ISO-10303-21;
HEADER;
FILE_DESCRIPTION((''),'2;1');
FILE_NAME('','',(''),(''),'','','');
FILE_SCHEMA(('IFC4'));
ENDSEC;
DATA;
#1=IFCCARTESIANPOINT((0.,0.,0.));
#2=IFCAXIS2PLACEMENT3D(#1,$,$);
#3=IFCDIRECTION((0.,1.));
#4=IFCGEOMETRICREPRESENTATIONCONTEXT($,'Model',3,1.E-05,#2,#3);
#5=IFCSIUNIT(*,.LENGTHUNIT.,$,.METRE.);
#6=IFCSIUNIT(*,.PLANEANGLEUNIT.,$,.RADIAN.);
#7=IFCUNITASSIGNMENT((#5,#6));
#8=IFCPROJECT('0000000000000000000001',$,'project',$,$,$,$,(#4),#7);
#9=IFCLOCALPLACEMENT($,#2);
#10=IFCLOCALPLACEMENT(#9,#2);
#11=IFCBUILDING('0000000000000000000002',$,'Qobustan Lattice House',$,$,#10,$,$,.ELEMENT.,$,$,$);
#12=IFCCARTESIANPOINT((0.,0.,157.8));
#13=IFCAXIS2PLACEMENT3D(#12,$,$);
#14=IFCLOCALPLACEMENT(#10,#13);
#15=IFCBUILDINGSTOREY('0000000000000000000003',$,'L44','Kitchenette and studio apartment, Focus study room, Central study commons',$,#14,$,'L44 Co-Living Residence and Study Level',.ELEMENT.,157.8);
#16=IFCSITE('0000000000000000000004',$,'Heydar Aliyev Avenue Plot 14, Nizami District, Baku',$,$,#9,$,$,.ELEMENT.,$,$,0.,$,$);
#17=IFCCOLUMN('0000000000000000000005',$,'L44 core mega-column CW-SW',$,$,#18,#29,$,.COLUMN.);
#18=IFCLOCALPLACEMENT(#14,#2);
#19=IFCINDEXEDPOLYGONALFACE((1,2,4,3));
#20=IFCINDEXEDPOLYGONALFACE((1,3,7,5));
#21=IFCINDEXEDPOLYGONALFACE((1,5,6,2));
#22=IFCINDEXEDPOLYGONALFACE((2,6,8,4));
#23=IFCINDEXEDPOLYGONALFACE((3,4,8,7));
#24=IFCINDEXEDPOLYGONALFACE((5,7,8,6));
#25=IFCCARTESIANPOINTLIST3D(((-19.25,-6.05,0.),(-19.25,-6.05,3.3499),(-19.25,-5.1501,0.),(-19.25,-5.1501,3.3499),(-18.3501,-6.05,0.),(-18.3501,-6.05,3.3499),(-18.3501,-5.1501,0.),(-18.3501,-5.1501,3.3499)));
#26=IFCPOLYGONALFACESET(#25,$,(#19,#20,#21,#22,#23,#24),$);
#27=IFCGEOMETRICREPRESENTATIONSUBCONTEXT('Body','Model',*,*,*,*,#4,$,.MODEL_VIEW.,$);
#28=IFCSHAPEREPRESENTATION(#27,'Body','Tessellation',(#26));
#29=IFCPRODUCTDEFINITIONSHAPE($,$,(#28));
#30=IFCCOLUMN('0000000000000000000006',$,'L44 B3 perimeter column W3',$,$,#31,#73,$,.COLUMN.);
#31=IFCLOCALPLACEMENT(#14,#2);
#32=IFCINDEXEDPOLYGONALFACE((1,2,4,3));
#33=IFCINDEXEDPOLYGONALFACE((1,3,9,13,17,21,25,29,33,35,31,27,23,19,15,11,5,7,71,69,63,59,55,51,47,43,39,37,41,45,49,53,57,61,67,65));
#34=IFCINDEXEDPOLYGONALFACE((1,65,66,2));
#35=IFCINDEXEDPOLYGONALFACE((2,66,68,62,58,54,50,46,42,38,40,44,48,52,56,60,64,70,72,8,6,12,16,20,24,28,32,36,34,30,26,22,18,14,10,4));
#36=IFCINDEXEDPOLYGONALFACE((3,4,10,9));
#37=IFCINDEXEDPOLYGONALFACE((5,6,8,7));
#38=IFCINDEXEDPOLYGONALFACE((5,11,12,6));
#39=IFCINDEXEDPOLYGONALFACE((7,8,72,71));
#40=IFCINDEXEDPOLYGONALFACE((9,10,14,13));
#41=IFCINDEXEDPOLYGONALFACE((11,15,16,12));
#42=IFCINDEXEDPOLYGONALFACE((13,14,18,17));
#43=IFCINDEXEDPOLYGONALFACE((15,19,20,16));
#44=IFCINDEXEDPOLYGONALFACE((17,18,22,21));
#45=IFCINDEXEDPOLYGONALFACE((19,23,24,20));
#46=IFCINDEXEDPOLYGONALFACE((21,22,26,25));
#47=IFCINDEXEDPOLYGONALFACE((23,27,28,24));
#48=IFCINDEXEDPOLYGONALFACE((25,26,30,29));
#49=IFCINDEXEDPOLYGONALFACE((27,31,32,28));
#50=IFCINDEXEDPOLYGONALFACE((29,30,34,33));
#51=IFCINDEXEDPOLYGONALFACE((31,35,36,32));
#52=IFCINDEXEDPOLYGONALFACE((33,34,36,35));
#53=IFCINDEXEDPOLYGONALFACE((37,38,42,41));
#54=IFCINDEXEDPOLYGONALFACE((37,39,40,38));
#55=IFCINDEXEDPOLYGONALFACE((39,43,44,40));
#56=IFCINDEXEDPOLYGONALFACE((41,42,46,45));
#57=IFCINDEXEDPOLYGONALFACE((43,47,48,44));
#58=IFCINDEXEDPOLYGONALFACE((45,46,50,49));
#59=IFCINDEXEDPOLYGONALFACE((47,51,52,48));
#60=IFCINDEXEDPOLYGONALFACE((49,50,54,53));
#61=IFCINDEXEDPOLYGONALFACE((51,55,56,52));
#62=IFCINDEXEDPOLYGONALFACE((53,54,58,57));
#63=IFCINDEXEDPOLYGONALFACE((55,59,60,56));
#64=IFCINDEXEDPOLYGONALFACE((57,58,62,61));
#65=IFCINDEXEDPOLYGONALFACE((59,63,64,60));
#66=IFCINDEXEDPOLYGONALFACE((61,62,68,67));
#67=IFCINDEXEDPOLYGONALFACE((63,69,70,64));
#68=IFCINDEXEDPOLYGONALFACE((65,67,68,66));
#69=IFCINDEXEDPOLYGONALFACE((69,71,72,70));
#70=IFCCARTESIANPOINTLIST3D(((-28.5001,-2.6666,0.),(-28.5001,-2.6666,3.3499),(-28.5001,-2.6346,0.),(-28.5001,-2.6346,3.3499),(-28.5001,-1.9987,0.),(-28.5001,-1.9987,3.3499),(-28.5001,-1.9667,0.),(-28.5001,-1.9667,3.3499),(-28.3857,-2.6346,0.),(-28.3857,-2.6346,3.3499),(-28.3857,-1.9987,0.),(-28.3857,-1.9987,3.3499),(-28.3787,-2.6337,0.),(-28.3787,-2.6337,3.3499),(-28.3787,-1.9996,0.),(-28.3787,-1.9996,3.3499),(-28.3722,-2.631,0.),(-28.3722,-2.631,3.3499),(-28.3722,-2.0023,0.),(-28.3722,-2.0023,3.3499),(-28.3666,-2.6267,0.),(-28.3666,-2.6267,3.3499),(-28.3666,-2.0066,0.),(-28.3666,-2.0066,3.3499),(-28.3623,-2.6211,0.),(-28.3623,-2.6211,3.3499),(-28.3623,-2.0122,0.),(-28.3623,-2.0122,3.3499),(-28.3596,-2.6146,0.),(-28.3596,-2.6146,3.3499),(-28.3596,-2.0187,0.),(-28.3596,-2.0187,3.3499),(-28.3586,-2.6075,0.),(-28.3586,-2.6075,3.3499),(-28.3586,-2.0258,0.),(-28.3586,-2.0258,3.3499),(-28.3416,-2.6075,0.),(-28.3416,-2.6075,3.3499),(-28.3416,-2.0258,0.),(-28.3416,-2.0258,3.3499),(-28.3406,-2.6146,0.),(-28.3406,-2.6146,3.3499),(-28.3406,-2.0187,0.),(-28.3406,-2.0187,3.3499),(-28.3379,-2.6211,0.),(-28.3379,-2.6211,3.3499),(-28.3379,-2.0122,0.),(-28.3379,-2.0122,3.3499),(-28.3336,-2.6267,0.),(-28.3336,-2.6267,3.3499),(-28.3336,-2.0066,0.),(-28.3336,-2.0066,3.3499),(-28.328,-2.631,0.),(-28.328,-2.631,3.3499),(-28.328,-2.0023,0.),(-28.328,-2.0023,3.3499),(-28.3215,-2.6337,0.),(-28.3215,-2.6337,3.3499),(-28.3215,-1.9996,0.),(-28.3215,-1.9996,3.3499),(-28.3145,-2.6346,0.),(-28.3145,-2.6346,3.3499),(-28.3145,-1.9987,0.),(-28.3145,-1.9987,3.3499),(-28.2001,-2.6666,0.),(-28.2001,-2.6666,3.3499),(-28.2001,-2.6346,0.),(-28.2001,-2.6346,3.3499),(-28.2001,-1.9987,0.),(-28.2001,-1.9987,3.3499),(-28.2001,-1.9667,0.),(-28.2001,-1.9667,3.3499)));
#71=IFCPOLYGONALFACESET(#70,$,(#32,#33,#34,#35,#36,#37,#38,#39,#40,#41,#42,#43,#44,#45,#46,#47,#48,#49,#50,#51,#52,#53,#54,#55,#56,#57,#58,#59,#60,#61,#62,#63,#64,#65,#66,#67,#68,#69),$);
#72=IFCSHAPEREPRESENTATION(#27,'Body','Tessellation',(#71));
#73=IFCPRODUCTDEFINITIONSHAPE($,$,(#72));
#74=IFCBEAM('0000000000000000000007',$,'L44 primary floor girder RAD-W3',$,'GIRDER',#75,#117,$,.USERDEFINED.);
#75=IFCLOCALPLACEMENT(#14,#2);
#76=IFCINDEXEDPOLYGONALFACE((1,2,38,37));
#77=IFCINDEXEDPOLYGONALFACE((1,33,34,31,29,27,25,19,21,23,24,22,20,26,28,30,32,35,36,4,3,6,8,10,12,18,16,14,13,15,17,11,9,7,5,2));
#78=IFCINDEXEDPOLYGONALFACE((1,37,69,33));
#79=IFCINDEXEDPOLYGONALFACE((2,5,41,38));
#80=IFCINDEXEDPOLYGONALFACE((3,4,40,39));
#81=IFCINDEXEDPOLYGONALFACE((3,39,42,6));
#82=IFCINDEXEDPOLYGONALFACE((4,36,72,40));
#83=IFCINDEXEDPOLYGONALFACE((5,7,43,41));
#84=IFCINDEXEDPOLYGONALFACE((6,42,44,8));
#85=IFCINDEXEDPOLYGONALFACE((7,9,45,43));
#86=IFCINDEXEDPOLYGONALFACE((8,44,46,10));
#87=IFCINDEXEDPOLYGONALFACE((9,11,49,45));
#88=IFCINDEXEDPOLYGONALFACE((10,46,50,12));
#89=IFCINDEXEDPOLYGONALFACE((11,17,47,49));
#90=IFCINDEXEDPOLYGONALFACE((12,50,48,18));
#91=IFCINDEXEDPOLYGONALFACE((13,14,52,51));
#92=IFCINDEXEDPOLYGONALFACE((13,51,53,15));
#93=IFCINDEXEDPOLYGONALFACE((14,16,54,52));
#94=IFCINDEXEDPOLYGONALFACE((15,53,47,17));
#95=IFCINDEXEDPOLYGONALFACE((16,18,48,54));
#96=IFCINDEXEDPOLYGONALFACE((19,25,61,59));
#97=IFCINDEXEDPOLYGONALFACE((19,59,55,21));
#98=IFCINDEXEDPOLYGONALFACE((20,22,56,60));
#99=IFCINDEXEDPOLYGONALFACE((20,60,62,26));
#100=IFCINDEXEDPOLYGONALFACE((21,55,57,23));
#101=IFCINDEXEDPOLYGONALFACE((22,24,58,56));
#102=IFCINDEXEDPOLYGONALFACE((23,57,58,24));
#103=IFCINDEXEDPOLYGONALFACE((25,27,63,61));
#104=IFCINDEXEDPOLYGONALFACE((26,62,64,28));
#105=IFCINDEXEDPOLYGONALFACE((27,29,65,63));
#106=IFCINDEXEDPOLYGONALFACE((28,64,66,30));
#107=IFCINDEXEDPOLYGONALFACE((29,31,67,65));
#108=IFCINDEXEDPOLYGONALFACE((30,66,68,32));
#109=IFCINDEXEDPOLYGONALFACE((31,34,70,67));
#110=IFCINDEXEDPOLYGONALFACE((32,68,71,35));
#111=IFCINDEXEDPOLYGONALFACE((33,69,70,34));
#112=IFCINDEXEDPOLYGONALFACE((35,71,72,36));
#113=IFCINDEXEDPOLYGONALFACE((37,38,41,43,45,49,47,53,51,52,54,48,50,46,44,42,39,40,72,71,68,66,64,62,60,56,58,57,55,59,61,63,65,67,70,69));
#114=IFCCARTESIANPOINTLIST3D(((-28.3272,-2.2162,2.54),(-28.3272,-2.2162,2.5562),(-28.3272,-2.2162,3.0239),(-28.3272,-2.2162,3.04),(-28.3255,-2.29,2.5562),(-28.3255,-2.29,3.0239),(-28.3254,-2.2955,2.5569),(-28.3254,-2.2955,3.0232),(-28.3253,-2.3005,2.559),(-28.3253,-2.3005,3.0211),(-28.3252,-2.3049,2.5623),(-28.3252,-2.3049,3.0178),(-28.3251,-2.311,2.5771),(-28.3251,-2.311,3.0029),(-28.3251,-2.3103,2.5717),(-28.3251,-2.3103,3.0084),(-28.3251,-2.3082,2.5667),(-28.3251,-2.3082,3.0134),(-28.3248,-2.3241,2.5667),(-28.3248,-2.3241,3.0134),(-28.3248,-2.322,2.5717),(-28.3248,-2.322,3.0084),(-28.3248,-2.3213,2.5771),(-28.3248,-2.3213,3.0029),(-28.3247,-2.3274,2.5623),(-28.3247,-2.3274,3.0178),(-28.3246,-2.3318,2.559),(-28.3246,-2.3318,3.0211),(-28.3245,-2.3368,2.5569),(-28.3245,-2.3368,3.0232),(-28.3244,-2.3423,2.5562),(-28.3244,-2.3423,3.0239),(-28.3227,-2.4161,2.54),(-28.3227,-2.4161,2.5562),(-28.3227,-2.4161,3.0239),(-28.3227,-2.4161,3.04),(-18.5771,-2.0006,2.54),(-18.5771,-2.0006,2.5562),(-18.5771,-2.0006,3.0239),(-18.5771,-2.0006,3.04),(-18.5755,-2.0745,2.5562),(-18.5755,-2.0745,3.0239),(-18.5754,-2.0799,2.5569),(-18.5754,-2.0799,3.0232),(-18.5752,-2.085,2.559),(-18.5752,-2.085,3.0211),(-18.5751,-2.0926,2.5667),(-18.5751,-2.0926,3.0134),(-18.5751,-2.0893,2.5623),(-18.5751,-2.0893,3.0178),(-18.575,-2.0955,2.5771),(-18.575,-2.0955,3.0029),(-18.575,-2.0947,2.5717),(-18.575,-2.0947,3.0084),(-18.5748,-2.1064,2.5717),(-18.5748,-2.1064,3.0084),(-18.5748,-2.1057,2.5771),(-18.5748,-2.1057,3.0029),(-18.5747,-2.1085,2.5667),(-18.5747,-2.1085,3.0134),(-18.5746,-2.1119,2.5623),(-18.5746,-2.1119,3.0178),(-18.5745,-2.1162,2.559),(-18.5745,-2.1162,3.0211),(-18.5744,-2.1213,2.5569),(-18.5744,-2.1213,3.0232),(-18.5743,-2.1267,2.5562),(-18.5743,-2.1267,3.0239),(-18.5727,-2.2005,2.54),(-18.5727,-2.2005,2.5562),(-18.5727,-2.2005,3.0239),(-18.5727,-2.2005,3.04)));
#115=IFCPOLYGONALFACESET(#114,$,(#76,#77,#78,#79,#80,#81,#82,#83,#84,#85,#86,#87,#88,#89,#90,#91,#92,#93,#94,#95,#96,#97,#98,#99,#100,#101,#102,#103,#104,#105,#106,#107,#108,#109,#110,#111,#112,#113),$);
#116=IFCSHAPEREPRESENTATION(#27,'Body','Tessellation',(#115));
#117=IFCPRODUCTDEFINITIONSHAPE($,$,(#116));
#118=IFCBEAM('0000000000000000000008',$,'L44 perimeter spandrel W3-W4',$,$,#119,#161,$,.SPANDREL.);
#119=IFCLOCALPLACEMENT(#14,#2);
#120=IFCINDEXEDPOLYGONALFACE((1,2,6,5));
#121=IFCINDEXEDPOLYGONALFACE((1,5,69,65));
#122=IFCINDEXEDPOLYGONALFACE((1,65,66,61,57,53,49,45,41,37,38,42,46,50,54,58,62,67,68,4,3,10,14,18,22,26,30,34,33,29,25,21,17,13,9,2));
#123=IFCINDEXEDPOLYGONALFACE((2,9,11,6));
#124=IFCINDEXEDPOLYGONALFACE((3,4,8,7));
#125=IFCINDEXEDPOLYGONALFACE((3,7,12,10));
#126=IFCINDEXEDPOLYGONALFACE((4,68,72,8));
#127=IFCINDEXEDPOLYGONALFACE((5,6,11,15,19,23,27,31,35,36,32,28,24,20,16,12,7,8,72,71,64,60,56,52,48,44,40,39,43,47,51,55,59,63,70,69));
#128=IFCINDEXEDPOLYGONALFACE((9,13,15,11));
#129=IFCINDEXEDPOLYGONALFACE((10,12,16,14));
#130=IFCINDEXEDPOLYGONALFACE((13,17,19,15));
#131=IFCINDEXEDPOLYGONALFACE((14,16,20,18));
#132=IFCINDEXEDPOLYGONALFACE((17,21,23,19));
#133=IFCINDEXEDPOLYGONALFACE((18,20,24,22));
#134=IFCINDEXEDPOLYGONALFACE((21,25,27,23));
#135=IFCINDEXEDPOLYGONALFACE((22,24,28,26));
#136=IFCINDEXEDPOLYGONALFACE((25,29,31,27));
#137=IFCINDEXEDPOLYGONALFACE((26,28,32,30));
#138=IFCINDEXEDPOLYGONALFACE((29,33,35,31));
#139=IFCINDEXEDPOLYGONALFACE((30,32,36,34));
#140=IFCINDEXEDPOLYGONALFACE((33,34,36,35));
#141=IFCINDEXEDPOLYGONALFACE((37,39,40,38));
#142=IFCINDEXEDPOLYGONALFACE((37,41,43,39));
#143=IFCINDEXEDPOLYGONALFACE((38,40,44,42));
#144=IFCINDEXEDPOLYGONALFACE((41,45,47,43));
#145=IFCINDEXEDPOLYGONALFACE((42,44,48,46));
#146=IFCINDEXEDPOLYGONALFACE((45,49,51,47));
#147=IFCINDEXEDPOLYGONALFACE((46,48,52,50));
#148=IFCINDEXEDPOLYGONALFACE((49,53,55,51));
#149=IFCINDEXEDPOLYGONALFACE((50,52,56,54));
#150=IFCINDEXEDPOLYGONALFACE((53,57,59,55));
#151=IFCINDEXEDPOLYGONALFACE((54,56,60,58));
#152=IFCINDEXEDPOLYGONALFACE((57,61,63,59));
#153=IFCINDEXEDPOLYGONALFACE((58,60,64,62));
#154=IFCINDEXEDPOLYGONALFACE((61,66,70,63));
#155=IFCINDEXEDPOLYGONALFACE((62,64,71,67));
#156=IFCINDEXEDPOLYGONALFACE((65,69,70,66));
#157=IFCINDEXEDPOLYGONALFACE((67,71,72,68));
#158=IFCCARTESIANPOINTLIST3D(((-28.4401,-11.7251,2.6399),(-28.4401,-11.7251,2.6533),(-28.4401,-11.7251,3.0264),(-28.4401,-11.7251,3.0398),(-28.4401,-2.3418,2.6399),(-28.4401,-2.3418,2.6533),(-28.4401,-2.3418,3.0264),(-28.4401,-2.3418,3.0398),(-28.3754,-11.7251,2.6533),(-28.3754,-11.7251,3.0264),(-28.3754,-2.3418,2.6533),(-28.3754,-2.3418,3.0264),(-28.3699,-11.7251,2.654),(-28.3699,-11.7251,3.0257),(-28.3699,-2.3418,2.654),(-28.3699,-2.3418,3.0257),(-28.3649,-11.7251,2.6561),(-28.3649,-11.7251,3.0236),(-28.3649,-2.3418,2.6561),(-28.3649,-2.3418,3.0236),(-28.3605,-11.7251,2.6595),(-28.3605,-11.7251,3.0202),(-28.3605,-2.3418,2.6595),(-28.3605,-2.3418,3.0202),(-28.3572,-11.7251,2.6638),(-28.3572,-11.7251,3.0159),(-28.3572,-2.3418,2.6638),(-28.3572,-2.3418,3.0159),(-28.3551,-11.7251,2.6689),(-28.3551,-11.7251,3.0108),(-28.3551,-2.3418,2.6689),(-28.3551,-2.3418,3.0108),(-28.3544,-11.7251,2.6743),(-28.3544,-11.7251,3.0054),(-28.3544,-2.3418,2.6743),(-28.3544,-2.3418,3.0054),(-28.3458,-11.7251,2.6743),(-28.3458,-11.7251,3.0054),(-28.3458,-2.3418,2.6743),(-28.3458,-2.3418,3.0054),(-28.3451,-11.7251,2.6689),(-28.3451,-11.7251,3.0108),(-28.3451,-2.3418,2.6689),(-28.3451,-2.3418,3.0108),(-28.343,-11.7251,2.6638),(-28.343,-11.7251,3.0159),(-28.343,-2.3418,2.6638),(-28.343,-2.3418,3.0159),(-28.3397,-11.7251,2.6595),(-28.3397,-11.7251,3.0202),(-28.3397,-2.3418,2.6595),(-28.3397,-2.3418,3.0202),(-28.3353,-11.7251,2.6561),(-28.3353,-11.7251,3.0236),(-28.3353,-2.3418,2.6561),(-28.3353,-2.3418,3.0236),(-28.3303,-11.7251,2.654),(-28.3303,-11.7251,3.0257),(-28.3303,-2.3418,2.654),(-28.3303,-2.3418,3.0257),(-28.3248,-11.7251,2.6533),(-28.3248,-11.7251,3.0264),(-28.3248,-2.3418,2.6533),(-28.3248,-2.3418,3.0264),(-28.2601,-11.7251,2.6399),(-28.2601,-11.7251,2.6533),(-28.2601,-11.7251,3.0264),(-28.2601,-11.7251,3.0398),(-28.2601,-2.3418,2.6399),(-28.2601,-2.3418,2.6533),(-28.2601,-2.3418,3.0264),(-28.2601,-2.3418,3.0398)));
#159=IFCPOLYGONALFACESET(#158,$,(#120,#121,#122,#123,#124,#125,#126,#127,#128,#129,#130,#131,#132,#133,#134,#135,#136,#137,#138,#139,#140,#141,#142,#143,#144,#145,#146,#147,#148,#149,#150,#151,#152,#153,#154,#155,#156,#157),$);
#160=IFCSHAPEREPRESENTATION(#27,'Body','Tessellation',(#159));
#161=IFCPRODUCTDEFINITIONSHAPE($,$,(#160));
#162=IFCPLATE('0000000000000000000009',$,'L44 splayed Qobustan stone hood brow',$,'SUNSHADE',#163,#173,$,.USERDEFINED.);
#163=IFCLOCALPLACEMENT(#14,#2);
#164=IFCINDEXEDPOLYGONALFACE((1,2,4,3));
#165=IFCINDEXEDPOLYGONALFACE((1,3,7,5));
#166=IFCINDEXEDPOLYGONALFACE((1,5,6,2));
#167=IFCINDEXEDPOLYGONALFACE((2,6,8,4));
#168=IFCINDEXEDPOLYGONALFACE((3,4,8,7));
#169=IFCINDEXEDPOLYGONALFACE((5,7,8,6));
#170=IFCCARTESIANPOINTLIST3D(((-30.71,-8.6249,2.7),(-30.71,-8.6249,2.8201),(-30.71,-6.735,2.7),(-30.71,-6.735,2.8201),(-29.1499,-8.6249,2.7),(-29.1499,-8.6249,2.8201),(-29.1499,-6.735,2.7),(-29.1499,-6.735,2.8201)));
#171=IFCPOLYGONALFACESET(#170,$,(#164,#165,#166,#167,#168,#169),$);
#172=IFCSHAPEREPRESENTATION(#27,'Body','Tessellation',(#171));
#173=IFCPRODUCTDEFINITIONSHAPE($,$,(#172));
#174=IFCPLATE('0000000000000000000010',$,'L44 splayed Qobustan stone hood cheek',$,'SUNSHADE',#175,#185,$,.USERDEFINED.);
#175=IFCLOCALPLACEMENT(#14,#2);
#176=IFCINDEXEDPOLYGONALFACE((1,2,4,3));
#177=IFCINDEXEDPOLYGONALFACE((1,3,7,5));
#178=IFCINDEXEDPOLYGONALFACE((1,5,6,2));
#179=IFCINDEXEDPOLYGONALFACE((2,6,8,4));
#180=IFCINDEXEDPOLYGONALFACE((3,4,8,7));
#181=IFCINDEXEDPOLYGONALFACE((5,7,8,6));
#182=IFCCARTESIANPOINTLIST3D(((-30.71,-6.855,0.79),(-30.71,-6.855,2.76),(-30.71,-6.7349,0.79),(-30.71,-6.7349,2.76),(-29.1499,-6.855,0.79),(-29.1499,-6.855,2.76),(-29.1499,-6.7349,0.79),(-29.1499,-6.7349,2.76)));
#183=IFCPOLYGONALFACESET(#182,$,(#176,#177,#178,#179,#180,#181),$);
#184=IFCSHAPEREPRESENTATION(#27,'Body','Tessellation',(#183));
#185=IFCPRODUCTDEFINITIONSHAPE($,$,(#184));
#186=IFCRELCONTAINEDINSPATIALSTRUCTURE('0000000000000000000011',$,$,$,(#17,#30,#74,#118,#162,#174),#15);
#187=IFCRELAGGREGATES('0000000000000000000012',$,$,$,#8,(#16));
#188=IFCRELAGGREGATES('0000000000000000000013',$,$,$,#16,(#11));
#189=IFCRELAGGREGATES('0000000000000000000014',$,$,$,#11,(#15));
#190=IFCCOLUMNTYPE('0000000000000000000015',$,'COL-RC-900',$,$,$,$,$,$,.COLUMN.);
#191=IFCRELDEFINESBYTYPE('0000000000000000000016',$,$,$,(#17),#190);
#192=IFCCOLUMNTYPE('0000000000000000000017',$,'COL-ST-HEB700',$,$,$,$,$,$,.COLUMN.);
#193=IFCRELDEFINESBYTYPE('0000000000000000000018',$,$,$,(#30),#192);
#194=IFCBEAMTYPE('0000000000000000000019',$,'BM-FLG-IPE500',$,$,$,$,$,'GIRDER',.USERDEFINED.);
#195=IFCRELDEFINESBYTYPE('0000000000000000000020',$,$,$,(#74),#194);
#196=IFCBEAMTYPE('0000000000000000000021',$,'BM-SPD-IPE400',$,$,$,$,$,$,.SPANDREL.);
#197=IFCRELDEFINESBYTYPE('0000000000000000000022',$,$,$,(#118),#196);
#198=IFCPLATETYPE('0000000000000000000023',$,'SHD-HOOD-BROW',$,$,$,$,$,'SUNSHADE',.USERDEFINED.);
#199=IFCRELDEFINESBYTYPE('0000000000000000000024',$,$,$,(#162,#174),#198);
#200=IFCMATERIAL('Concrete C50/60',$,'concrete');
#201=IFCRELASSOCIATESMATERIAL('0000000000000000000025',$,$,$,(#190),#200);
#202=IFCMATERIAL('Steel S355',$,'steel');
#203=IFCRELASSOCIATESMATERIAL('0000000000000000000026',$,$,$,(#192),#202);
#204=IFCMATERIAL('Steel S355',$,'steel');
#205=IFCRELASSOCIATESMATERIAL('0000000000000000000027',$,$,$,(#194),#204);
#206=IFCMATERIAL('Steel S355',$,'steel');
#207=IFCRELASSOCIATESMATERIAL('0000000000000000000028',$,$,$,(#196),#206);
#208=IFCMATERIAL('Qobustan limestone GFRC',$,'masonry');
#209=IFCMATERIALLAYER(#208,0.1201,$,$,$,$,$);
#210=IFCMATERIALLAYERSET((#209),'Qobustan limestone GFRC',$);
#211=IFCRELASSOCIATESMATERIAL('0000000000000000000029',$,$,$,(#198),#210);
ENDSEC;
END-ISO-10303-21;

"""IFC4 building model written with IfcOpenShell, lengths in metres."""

from ifc_helpers import new_model, si_unit, direction, frame, origin, origin_2d, place, context, subcontext, project, spatial, rectangle, i_section, extrude, material, layer, layer_set, material_profile, profile_set, type_object, element, save


model = new_model("IFC4")

# Units and contexts
model_context = context("Model", 3, precision=1e-05, world=origin(), true_north=direction((0.0, 1.0)))
body_context = subcontext(model_context, "Body", "Model", "MODEL_VIEW")
ifc_project = project(units=[si_unit("LENGTHUNIT", "METRE"), si_unit("PLANEANGLEUNIT", "RADIAN")], contexts=[model_context])

# Site, building, storey
site_placement = place(None, origin())
site = spatial("IfcSite", under=ifc_project, at=site_placement, Name="Heydar Aliyev Avenue Plot 14, Nizami District, Baku", CompositionType="ELEMENT", RefElevation=0.0)
building_placement = place(site_placement, origin())
building = spatial("IfcBuilding", under=site, at=building_placement, Name="Qobustan Lattice House", CompositionType="ELEMENT")
storey_placement = place(building_placement, frame((0.0, 0.0, 157.8)))
storey = spatial("IfcBuildingStorey", under=building, at=storey_placement, Name="L44", Description="Kitchenette and studio apartment, Focus study room, Central study commons", LongName="L44 Co-Living Residence and Study Level", CompositionType="ELEMENT", Elevation=157.8)

# Columns
ifc_material_1 = material(Name="Concrete C50/60", Category="concrete")
ifc_material_profile_1 = material_profile(ifc_material_1, rectangle(XDim=0.8999, YDim=0.8999, at=origin_2d()), Name="RC900x900")
ifc_profile_set_1 = profile_set([ifc_material_profile_1], Name="Concrete C50/60")
column_type_1 = type_object("IfcColumnType", Name="COL-RC-900", PredefinedType="COLUMN", material=ifc_profile_set_1)
column_1_placement = place(storey_placement, frame((-18.8, -5.6001, 0.0), z_axis=(0.0, 0.0, 1.0), x_axis=(1.0, 0.0, 0.0)))
element("IfcColumn", 1, at=column_1_placement, inside=storey, type_object=column_type_1, Name="L44 core mega-column CW-SW", PredefinedType="COLUMN", context=body_context, shape_type="SweptSolid", body=[
    extrude(rectangle(XDim=0.8999, YDim=0.8999, at=origin_2d()), origin(), (0.0, 0.0, 1.0), 3.3499),
])
ifc_material_2 = material(Name="Steel S355", Category="steel")
ifc_material_profile_2 = material_profile(ifc_material_2, i_section(OverallWidth=0.3, OverallDepth=0.7, WebThickness=0.0171, FlangeThickness=0.032, FilletRadius=0.0271, at=origin_2d()), Name="HEB700")
ifc_profile_set_2 = profile_set([ifc_material_profile_2], Name="Steel S355")
column_type_2 = type_object("IfcColumnType", Name="COL-ST-HEB700", PredefinedType="COLUMN", material=ifc_profile_set_2)
column_2_placement = place(storey_placement, frame((-28.3501, -2.3167, 0.0), z_axis=(0.0, 0.0, 1.0), x_axis=(1.0, 0.0, 0.0)))
element("IfcColumn", 2, at=column_2_placement, inside=storey, type_object=column_type_2, Name="L44 B3 perimeter column W3", PredefinedType="COLUMN", context=body_context, shape_type="SweptSolid", body=[
    extrude(i_section(OverallWidth=0.3, OverallDepth=0.7, WebThickness=0.0171, FlangeThickness=0.032, FilletRadius=0.0271, at=origin_2d()), origin(), (0.0, 0.0, 1.0), 3.3499),
])

# Beams
ifc_material_3 = material(Name="Steel S355", Category="steel")
ifc_material_profile_3 = material_profile(ifc_material_3, i_section(OverallWidth=0.2, OverallDepth=0.5, WebThickness=0.0103, FlangeThickness=0.0161, FilletRadius=0.021, at=origin_2d()), Name="IPE500")
ifc_profile_set_3 = profile_set([ifc_material_profile_3], Name="Steel S355")
beam_type_1 = type_object("IfcBeamType", Name="BM-FLG-IPE500", ElementType="GIRDER", PredefinedType="USERDEFINED", material=ifc_profile_set_3)
beam_1_placement = place(storey_placement, frame((-28.325, -2.3162, 2.79), z_axis=(0.999756, 0.022105, 0.0), x_axis=(-0.022105, 0.999756, 0.0)))
element("IfcBeam", 3, at=beam_1_placement, inside=storey, type_object=beam_type_1, Name="L44 primary floor girder RAD-W3", ObjectType="GIRDER", PredefinedType="USERDEFINED", context=body_context, shape_type="SweptSolid", body=[
    extrude(i_section(OverallWidth=0.2, OverallDepth=0.5, WebThickness=0.0103, FlangeThickness=0.0161, FilletRadius=0.021, at=origin_2d()), origin(), (0.0, 0.0, 1.0), 9.7524),
])
ifc_material_4 = material(Name="Steel S355", Category="steel")
ifc_material_profile_4 = material_profile(ifc_material_4, i_section(OverallWidth=0.1799, OverallDepth=0.3999, WebThickness=0.0085, FlangeThickness=0.0134, FilletRadius=0.021, at=origin_2d()), Name="IPE400")
ifc_profile_set_4 = profile_set([ifc_material_profile_4], Name="Steel S355")
beam_type_2 = type_object("IfcBeamType", Name="BM-SPD-IPE400", PredefinedType="SPANDREL", material=ifc_profile_set_4)
beam_2_placement = place(storey_placement, frame((-28.3501, -2.3418, 2.8398), z_axis=(0.0, -1.0, 0.0), x_axis=(1.0, 0.0, 0.0)))
element("IfcBeam", 4, at=beam_2_placement, inside=storey, type_object=beam_type_2, Name="L44 perimeter spandrel W3-W4", PredefinedType="SPANDREL", context=body_context, shape_type="SweptSolid", body=[
    extrude(i_section(OverallWidth=0.1799, OverallDepth=0.3999, WebThickness=0.0085, FlangeThickness=0.0134, FilletRadius=0.021, at=origin_2d()), origin(), (0.0, 0.0, 1.0), 9.3833),
])

# Plates
ifc_material_5 = material(Name="Qobustan limestone GFRC", Category="masonry")
ifc_layer_1 = layer(ifc_material_5, 0.1201)
ifc_layer_set_1 = layer_set([ifc_layer_1], Name="Qobustan limestone GFRC")
plate_type = type_object("IfcPlateType", Name="SHD-HOOD-BROW", ElementType="SUNSHADE", PredefinedType="USERDEFINED", material=ifc_layer_set_1)
plate_1_placement = place(storey_placement, frame((-29.9299, -7.6799, 2.7), z_axis=(0.0, 0.0, 1.0), x_axis=(0.0, 1.0, 0.0)))
element("IfcPlate", 5, at=plate_1_placement, inside=storey, type_object=plate_type, Name="L44 splayed Qobustan stone hood brow", ObjectType="SUNSHADE", PredefinedType="USERDEFINED", context=body_context, shape_type="SweptSolid", body=[
    extrude(rectangle(XDim=1.8899, YDim=1.5601, at=origin_2d()), origin(), (0.0, 0.0, 1.0), 0.1201),
])
plate_2_placement = place(storey_placement, frame((-29.9299, -6.7949, 0.79), z_axis=(0.0, 0.0, 1.0), x_axis=(0.0, 1.0, 0.0)))
element("IfcPlate", 6, at=plate_2_placement, inside=storey, type_object=plate_type, Name="L44 splayed Qobustan stone hood cheek", ObjectType="SUNSHADE", PredefinedType="USERDEFINED", context=body_context, shape_type="SweptSolid", body=[
    extrude(rectangle(XDim=0.1201, YDim=1.5601, at=origin_2d()), origin(), (0.0, 0.0, 1.0), 1.97),
])

save(model, "model.ifc")
